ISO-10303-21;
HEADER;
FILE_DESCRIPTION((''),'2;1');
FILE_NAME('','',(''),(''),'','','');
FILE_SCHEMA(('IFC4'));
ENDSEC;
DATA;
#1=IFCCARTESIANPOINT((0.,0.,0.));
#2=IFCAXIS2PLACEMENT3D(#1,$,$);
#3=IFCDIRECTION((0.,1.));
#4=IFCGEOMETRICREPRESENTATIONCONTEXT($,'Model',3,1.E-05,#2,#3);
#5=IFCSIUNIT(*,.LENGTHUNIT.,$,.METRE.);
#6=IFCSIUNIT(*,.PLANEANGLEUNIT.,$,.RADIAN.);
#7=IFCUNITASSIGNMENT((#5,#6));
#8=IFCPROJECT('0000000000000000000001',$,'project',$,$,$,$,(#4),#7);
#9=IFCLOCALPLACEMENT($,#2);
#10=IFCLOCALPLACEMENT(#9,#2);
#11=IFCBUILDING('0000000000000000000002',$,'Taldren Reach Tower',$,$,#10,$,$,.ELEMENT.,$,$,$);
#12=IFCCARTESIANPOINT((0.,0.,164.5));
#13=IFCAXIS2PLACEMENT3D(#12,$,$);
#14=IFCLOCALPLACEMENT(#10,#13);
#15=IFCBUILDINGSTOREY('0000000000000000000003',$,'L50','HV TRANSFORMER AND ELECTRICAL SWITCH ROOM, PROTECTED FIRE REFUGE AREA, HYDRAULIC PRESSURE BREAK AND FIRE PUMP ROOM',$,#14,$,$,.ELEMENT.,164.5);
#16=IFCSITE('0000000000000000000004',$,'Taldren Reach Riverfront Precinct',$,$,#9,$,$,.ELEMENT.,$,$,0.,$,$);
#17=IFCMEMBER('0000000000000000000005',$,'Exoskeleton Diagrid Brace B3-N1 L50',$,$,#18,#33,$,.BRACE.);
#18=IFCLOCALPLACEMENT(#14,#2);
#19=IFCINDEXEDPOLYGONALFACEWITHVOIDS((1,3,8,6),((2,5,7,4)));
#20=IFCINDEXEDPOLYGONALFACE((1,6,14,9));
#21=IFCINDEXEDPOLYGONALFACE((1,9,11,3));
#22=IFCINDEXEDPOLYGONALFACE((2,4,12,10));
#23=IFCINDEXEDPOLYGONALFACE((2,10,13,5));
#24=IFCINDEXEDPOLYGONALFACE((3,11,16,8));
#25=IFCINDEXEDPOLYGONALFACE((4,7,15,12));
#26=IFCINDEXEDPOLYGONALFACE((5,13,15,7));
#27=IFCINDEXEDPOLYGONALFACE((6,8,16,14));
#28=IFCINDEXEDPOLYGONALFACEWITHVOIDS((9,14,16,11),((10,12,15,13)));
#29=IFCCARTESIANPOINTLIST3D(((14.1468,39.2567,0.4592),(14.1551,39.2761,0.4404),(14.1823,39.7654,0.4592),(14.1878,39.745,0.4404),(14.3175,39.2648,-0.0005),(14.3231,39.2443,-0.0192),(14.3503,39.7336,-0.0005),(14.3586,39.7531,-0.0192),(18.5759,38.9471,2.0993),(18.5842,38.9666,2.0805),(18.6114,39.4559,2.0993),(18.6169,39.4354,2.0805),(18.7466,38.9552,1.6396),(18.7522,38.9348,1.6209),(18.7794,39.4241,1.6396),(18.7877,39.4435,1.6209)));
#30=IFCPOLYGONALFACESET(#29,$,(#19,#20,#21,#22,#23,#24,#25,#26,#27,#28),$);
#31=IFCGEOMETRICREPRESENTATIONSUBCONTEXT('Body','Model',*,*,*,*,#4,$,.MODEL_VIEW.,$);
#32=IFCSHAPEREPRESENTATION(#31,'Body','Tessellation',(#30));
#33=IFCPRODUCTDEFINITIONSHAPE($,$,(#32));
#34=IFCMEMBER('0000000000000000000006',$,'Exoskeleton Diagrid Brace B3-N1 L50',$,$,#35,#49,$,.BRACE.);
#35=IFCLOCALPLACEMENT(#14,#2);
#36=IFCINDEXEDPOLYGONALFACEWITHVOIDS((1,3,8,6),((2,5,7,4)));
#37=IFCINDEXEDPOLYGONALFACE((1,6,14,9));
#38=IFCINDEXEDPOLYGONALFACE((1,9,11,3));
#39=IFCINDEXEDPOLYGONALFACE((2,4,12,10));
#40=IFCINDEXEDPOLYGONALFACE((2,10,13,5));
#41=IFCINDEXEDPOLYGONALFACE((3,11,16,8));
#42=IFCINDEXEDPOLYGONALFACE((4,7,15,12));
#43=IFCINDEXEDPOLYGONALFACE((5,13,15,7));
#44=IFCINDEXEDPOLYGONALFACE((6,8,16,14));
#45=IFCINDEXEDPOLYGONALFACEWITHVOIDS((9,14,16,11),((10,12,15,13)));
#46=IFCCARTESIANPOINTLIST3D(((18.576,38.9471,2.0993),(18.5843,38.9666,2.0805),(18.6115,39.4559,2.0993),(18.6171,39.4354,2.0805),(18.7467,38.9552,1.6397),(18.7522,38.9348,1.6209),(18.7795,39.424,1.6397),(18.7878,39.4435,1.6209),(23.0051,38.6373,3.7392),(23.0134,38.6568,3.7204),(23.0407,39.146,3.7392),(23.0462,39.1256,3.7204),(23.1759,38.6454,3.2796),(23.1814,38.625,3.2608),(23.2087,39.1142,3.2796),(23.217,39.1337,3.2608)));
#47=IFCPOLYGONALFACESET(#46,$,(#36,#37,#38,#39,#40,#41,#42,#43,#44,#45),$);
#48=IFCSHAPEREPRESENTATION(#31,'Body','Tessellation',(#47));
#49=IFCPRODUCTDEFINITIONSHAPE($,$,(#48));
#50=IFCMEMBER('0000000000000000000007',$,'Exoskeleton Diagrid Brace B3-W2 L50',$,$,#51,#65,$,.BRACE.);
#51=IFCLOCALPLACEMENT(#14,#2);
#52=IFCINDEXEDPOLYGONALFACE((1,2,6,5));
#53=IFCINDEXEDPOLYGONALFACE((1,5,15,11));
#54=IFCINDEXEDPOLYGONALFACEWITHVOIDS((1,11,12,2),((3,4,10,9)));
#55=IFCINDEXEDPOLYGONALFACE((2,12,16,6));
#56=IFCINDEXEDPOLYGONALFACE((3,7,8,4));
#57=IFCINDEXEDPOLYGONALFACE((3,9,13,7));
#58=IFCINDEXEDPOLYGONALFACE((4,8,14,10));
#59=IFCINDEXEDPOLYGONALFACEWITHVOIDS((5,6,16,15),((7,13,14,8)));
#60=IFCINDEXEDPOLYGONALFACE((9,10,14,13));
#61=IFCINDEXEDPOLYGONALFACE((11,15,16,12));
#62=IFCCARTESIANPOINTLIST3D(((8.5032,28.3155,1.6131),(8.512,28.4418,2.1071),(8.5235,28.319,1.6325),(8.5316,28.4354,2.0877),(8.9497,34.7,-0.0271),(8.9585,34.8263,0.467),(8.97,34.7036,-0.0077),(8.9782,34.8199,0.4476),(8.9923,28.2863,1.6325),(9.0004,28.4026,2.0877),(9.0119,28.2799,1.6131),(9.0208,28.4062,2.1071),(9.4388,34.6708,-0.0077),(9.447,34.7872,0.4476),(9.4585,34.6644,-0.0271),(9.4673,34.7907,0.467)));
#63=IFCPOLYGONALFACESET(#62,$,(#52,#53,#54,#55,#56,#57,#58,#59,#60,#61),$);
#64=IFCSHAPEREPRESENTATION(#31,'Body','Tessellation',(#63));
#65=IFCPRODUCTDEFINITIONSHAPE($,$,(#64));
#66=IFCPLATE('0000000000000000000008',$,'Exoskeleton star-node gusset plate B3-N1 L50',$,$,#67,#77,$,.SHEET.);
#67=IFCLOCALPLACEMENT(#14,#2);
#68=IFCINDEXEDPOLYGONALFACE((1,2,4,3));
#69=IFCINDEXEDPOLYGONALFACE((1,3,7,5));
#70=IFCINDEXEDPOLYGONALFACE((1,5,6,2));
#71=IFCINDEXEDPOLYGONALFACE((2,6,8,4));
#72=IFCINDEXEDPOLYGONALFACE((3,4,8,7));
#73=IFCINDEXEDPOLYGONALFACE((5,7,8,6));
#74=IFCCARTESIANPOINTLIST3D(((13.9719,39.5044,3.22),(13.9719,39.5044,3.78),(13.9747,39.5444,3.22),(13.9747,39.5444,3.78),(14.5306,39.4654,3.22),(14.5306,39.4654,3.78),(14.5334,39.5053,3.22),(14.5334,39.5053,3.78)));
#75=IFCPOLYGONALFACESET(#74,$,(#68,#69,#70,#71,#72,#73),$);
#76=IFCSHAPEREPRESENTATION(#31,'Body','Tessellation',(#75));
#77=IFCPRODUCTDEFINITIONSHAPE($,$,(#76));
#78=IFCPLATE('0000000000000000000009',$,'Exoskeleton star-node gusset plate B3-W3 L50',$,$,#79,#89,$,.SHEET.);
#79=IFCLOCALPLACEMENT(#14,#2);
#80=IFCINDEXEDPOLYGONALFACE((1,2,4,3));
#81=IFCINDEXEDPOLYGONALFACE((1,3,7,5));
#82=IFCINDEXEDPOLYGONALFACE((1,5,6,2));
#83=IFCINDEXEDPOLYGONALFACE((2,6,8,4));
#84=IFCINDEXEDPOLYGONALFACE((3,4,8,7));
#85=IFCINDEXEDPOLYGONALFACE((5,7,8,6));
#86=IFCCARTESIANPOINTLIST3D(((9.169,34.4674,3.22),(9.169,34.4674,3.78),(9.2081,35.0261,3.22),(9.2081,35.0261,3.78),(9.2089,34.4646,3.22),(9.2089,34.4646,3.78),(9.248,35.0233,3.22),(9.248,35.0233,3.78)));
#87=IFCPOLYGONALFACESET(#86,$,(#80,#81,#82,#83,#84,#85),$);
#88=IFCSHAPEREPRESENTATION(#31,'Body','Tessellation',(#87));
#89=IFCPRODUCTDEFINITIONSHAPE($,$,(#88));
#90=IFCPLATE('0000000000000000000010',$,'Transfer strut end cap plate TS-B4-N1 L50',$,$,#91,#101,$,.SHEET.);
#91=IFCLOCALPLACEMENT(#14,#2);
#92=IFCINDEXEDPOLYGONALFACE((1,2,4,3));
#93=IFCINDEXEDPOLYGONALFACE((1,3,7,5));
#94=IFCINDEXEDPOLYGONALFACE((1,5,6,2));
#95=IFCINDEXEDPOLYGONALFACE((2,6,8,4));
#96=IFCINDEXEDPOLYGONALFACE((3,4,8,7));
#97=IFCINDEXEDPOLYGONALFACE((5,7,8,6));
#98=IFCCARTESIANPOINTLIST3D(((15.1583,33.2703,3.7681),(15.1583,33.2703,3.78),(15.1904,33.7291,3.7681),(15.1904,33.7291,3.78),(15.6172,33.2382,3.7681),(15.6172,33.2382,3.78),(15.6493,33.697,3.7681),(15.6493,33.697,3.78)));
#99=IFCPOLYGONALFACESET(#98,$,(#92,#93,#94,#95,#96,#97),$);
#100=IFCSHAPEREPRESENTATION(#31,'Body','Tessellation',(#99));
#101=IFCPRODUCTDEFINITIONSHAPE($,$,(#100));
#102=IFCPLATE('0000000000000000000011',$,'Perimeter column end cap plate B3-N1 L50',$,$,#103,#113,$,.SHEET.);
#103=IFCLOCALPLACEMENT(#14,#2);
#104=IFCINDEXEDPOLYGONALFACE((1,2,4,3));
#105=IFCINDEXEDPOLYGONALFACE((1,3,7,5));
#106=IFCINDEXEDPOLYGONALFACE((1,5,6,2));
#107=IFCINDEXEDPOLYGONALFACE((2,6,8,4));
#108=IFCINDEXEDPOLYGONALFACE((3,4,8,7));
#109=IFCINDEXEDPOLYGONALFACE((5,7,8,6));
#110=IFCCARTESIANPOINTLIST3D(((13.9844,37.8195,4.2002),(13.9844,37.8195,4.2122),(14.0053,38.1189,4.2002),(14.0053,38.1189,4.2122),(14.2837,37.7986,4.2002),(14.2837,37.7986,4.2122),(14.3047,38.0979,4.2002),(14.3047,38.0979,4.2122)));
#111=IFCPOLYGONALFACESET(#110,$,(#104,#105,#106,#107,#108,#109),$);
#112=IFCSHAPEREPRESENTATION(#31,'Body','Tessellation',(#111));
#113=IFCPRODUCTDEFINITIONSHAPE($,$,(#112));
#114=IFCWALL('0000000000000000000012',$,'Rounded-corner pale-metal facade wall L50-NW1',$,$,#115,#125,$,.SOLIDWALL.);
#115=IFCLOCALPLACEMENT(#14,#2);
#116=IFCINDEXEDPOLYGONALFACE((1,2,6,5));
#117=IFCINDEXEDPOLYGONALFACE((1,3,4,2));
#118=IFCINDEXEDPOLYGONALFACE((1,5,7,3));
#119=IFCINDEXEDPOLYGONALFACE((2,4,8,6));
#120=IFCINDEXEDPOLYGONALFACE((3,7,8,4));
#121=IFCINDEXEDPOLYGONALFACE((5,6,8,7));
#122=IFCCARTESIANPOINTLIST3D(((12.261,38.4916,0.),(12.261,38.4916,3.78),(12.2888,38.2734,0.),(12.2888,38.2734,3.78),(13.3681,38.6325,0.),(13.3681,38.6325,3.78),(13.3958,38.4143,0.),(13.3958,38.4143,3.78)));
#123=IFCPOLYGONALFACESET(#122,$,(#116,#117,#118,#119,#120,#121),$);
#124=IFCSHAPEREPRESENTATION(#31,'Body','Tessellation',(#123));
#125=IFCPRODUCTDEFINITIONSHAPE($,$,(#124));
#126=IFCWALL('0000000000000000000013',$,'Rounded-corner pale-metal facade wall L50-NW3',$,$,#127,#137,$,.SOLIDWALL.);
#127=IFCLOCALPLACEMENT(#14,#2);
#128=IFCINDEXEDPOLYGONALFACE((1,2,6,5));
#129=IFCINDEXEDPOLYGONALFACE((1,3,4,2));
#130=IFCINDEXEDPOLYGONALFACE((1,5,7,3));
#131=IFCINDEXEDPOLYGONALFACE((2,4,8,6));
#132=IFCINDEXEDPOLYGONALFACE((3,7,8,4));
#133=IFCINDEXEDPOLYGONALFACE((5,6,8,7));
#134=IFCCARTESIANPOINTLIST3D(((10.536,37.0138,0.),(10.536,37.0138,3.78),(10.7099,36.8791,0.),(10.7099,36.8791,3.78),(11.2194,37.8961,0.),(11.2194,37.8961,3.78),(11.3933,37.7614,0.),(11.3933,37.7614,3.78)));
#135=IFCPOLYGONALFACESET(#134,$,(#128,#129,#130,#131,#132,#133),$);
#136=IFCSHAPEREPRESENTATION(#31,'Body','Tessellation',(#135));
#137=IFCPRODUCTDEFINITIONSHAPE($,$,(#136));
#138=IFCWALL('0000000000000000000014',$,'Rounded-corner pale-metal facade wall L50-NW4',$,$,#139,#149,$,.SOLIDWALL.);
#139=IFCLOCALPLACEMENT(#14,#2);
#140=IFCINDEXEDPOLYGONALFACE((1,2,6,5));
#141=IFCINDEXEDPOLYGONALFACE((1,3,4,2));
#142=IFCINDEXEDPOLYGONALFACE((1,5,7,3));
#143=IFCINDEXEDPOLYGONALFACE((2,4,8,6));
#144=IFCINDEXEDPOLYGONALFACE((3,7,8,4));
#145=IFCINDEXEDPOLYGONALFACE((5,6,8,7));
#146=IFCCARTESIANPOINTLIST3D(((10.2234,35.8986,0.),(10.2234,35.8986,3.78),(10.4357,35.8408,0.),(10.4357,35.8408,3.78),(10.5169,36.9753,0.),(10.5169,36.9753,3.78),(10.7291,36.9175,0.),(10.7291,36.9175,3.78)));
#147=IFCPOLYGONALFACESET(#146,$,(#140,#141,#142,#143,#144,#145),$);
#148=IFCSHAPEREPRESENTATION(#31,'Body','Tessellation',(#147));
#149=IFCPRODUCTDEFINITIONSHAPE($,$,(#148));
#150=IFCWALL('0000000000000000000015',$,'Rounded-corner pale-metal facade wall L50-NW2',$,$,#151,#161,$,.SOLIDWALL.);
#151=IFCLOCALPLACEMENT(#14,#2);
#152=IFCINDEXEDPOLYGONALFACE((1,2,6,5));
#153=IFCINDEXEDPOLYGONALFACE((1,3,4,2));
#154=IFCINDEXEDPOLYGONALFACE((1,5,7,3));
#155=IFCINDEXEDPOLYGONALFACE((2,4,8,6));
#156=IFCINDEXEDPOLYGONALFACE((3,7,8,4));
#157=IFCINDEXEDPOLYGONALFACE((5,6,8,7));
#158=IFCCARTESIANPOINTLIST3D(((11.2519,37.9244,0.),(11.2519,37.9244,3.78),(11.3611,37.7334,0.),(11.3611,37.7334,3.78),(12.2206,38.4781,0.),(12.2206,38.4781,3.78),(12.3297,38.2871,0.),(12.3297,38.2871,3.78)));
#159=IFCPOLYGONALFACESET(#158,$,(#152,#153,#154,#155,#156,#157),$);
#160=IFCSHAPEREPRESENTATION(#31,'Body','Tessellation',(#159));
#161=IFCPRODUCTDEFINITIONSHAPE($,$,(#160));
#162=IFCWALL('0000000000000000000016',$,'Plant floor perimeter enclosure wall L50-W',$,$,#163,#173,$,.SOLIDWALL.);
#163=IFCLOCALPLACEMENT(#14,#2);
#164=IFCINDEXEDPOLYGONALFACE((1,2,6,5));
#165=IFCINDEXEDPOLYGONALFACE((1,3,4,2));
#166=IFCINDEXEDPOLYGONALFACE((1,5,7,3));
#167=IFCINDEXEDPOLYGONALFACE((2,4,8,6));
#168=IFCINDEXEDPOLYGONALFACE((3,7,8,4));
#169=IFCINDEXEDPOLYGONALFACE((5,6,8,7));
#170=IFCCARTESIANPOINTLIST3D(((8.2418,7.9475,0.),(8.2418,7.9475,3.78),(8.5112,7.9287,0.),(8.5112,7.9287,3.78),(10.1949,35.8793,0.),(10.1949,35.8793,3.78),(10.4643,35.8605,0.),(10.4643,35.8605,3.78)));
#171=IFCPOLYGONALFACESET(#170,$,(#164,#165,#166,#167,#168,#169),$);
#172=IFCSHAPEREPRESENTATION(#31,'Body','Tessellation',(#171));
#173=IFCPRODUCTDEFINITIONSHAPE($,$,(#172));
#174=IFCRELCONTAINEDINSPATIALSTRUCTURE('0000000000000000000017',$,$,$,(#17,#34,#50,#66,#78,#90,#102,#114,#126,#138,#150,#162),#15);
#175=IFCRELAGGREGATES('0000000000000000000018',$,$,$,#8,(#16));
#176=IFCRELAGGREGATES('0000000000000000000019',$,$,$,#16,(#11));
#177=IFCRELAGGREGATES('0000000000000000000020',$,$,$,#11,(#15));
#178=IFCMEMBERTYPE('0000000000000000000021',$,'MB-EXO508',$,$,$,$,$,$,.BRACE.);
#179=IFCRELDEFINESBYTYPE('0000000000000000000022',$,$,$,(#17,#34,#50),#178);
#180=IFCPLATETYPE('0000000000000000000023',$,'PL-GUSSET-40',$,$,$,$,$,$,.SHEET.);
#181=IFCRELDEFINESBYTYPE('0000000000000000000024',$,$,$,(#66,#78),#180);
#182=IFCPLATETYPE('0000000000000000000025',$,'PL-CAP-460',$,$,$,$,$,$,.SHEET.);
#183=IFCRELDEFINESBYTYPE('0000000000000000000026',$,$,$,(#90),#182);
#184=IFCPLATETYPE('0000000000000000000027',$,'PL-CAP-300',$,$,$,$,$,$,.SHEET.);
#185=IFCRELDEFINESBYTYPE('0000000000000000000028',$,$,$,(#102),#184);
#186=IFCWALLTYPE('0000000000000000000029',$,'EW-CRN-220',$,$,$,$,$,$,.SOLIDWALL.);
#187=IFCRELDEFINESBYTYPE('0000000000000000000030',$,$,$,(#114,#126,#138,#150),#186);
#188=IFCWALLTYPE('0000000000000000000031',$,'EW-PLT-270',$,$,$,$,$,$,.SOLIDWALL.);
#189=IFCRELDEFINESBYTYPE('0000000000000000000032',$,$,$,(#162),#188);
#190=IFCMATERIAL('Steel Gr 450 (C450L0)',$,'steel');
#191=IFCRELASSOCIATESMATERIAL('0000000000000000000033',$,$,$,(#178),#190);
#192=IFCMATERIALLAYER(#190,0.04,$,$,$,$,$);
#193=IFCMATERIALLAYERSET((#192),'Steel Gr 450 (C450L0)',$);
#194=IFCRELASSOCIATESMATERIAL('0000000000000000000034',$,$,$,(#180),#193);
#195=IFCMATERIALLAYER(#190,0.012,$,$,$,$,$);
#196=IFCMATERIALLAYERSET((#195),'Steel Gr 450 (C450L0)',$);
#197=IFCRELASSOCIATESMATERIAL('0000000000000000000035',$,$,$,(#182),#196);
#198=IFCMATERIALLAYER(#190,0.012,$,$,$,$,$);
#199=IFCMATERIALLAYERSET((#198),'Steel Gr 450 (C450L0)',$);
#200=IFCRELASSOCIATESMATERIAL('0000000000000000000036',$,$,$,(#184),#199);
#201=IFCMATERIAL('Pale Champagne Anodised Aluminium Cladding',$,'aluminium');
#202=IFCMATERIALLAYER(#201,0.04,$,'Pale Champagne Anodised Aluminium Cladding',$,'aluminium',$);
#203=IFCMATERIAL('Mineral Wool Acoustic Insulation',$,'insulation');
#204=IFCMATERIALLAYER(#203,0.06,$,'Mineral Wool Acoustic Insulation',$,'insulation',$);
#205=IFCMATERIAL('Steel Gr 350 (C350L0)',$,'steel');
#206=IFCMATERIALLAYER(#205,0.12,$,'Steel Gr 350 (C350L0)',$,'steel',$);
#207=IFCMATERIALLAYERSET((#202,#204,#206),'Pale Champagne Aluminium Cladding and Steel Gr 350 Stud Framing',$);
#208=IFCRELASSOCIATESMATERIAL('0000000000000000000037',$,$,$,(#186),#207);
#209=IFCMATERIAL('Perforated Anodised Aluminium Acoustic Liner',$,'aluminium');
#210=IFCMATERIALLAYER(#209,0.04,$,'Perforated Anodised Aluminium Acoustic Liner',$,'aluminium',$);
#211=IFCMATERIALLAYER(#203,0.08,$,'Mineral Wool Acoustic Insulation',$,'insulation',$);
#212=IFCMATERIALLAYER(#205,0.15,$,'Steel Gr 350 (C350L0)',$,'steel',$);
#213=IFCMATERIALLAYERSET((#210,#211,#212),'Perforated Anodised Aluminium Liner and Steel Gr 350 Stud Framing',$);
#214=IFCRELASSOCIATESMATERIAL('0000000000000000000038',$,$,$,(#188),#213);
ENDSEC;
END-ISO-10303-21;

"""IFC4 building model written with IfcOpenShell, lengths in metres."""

from ifc_helpers import new_model, si_unit, direction, frame, frame_2d, origin, origin_2d, place, context, subcontext, project, spatial, rectangle, hollow_rectangle, extrude, source, transform, mapped, material, layer, layer_set, material_profile, profile_set, type_object, element, save


model = new_model("IFC4")

# Units and contexts
model_context = context("Model", 3, precision=1e-05, world=origin(), true_north=direction((0.0, 1.0)))
body_context = subcontext(model_context, "Body", "Model", "MODEL_VIEW")
ifc_project = project(units=[si_unit("LENGTHUNIT", "METRE"), si_unit("PLANEANGLEUNIT", "RADIAN")], contexts=[model_context])

# Site, building, storey
site_placement = place(None, origin())
site = spatial("IfcSite", under=ifc_project, at=site_placement, Name="Taldren Reach Riverfront Precinct", CompositionType="ELEMENT", RefElevation=0.0)
building_placement = place(site_placement, origin())
building = spatial("IfcBuilding", under=site, at=building_placement, Name="Taldren Reach Tower", CompositionType="ELEMENT")
storey_placement = place(building_placement, frame((0.0, 0.0, 164.5)))
storey = spatial("IfcBuildingStorey", under=building, at=storey_placement, Name="L50", Description="HV TRANSFORMER AND ELECTRICAL SWITCH ROOM, PROTECTED FIRE REFUGE AREA, HYDRAULIC PRESSURE BREAK AND FIRE PUMP ROOM", CompositionType="ELEMENT", Elevation=164.5)

# Shared definitions
ifc_material_1 = material(Name="Steel Gr 450 (C450L0)", Category="steel")

# Shared definitions
ifc_material_2 = material(Name="Steel Gr 350 (C350L0)", Category="steel")

# Members
ifc_material_profile_1 = material_profile(ifc_material_1, hollow_rectangle(XDim=0.51, YDim=0.51, WallThickness=0.02, at=origin_2d()), Name="510x510x20.0SHS")
ifc_profile_set_1 = profile_set([ifc_material_profile_1], Name="Steel Gr 450 (C450L0)")
member_type_1 = type_object("IfcMemberType", Name="MB-EXO508", PredefinedType="BRACE", material=ifc_profile_set_1)
shared_shape_1 = source(origin(), body_context, "Body", "SweptSolid", [
    extrude(hollow_rectangle(XDim=0.51, YDim=0.51, WallThickness=0.02, at=origin_2d()), origin(), (0.0, 0.0, 1.0), 4.7332),
])
for number, where, z_axis, x_axis, name in (
    (1, (14.2527, 39.5049, 0.22), (0.935762, -0.065403, 0.346514), (0.069723, 0.997566, 0.0), "Exoskeleton Diagrid Brace B3-N1 L50"),
    (2, (18.6819, 39.1953, 1.8601), (0.935776, -0.065456, 0.346467), (0.069778, 0.997563, 0.0), "Exoskeleton Diagrid Brace B3-N1 L50"),
):
    element("IfcMember", number, at=place(storey_placement, frame(where, z_axis=z_axis, x_axis=x_axis)), inside=storey, type_object=member_type_1, Name=name, PredefinedType="BRACE", context=body_context, shape_type="MappedRepresentation", body=[
        mapped(shared_shape_1, transform((0.0, 0.0, 0.0), scale=1.0)),
    ])
shared_shape_2 = source(origin(), body_context, "Body", "SweptSolid", [
    extrude(hollow_rectangle(XDim=0.51, YDim=0.51, WallThickness=0.02, at=origin_2d()), origin(), (0.0, 0.0, 1.0), 6.6069),
])
member_1_placement = place(storey_placement, frame((9.2085, 34.7454, 0.22), z_axis=(-0.067586, -0.966337, 0.248245), x_axis=(0.997563, -0.06977, 0.0)))
element("IfcMember", 3, at=member_1_placement, inside=storey, type_object=member_type_1, Name="Exoskeleton Diagrid Brace B3-W2 L50", PredefinedType="BRACE", context=body_context, shape_type="MappedRepresentation", body=[
    mapped(shared_shape_2, transform((0.0, 0.0, 0.0), scale=1.0)),
])

# Plates
ifc_layer_1 = layer(ifc_material_1, 0.04)
ifc_layer_set_1 = layer_set([ifc_layer_1], Name="Steel Gr 450 (C450L0)")
plate_type_1 = type_object("IfcPlateType", Name="PL-GUSSET-40", PredefinedType="SHEET", material=ifc_layer_set_1)
shared_shape_3 = source(origin(), body_context, "Body", "SweptSolid", [
    extrude(rectangle(XDim=0.5601, YDim=0.04, at=origin_2d()), origin(), (0.0, 0.0, 1.0), 0.5601),
])
for number, where, z_axis, x_axis, name in (
    (4, (14.2527, 39.5049, 3.22), (0.0, 0.0, 1.0), (0.997564, -0.069756, 0.0), "Exoskeleton star-node gusset plate B3-N1 L50"),
    (5, (9.2085, 34.7454, 3.22), (0.0, 0.0, 1.0), (0.069756, 0.997564, 0.0), "Exoskeleton star-node gusset plate B3-W3 L50"),
):
    element("IfcPlate", number, at=place(storey_placement, frame(where, z_axis=z_axis, x_axis=x_axis)), inside=storey, type_object=plate_type_1, Name=name, PredefinedType="SHEET", context=body_context, shape_type="MappedRepresentation", body=[
        mapped(shared_shape_3, transform((0.0, 0.0, 0.0), scale=1.0)),
    ])
ifc_layer_2 = layer(ifc_material_1, 0.012)
ifc_layer_set_2 = layer_set([ifc_layer_2], Name="Steel Gr 450 (C450L0)")
plate_type_2 = type_object("IfcPlateType", Name="PL-CAP-460", PredefinedType="SHEET", material=ifc_layer_set_2)
shared_shape_4 = source(origin(), body_context, "Body", "SweptSolid", [
    extrude(rectangle(XDim=0.46, YDim=0.46, at=origin_2d()), origin(), (0.0, 0.0, 1.0), 0.012),
])
plate_1_placement = place(storey_placement, frame((15.4038, 33.4836, 3.7681), z_axis=(0.0, 0.0, 1.0), x_axis=(0.997564, -0.069756, 0.0)))
element("IfcPlate", 6, at=plate_1_placement, inside=storey, type_object=plate_type_2, Name="Transfer strut end cap plate TS-B4-N1 L50", PredefinedType="SHEET", context=body_context, shape_type="MappedRepresentation", body=[
    mapped(shared_shape_4, transform((0.0, 0.0, 0.0), scale=1.0)),
])
ifc_layer_3 = layer(ifc_material_1, 0.012)
ifc_layer_set_3 = layer_set([ifc_layer_3], Name="Steel Gr 450 (C450L0)")
plate_type_3 = type_object("IfcPlateType", Name="PL-CAP-300", PredefinedType="SHEET", material=ifc_layer_set_3)
shared_shape_5 = source(origin(), body_context, "Body", "SweptSolid", [
    extrude(rectangle(XDim=0.3, YDim=0.3, at=origin_2d()), origin(), (0.0, 0.0, 1.0), 0.012),
])
plate_2_placement = place(storey_placement, frame((14.1445, 37.9587, 4.2002), z_axis=(0.0, 0.0, 1.0), x_axis=(0.997564, -0.069756, 0.0)))
element("IfcPlate", 7, at=plate_2_placement, inside=storey, type_object=plate_type_3, Name="Perimeter column end cap plate B3-N1 L50", PredefinedType="SHEET", context=body_context, shape_type="MappedRepresentation", body=[
    mapped(shared_shape_5, transform((0.0, 0.0, 0.0), scale=1.0)),
])

# Walls
ifc_material_3 = material(Name="Pale Champagne Anodised Aluminium Cladding", Category="aluminium")
ifc_layer_4 = layer(ifc_material_3, 0.04, Name="Pale Champagne Anodised Aluminium Cladding", Category="aluminium")
ifc_material_4 = material(Name="Mineral Wool Acoustic Insulation", Category="insulation")
ifc_layer_5 = layer(ifc_material_4, 0.06, Name="Mineral Wool Acoustic Insulation", Category="insulation")
ifc_layer_6 = layer(ifc_material_2, 0.12, Name="Steel Gr 350 (C350L0)", Category="steel")
ifc_layer_set_4 = layer_set([ifc_layer_4, ifc_layer_5, ifc_layer_6], Name="Pale Champagne Aluminium Cladding and Steel Gr 350 Stud Framing")
wall_type_1 = type_object("IfcWallType", Name="EW-CRN-220", PredefinedType="SOLIDWALL", material=ifc_layer_set_4)
shared_shape_6 = source(origin(), body_context, "Body", "SweptSolid", [
    extrude(rectangle(XDim=1.116, YDim=0.22, at=frame_2d((0.5581, 0.0))), origin(), (0.0, 0.0, 1.0), 3.78),
])
for number, where, z_axis, x_axis, name in (
    (8, (13.3821, 38.5234, 0.0), (0.0, 0.0, 1.0), (-0.991999, -0.126243, 0.0), "Rounded-corner pale-metal facade wall L50-NW1"),
    (9, (11.3064, 37.8289, 0.0), (0.0, 0.0, 1.0), (-0.612319, -0.790611, 0.0), "Rounded-corner pale-metal facade wall L50-NW3"),
    (10, (10.623, 36.9465, 0.0), (0.0, 0.0, 1.0), (-0.262969, -0.964804, 0.0), "Rounded-corner pale-metal facade wall L50-NW4"),
):
    element("IfcWall", number, at=place(storey_placement, frame(where, z_axis=z_axis, x_axis=x_axis)), inside=storey, type_object=wall_type_1, Name=name, PredefinedType="SOLIDWALL", context=body_context, shape_type="MappedRepresentation", body=[
        mapped(shared_shape_6, transform((0.0, 0.0, 0.0), scale=1.0)),
    ])
shared_shape_7 = source(origin(), body_context, "Body", "SweptSolid", [
    extrude(rectangle(XDim=1.1157, YDim=0.22, at=frame_2d((0.5579, 0.0))), origin(), (0.0, 0.0, 1.0), 3.78),
])
wall_1_placement = place(storey_placement, frame((12.2751, 38.3826, 0.0), z_axis=(0.0, 0.0, 1.0), x_axis=(-0.868189, -0.496233, 0.0)))
element("IfcWall", 11, at=wall_1_placement, inside=storey, type_object=wall_type_1, Name="Rounded-corner pale-metal facade wall L50-NW2", PredefinedType="SOLIDWALL", context=body_context, shape_type="MappedRepresentation", body=[
    mapped(shared_shape_7, transform((0.0, 0.0, 0.0), scale=1.0)),
])
ifc_material_5 = material(Name="Perforated Anodised Aluminium Acoustic Liner", Category="aluminium")
ifc_layer_7 = layer(ifc_material_5, 0.04, Name="Perforated Anodised Aluminium Acoustic Liner", Category="aluminium")
ifc_layer_8 = layer(ifc_material_4, 0.08, Name="Mineral Wool Acoustic Insulation", Category="insulation")
ifc_layer_9 = layer(ifc_material_2, 0.15, Name="Steel Gr 350 (C350L0)", Category="steel")
ifc_layer_set_5 = layer_set([ifc_layer_7, ifc_layer_8, ifc_layer_9], Name="Perforated Anodised Aluminium Liner and Steel Gr 350 Stud Framing")
wall_type_2 = type_object("IfcWallType", Name="EW-PLT-270", PredefinedType="SOLIDWALL", material=ifc_layer_set_5)
shared_shape_8 = source(origin(), body_context, "Body", "SweptSolid", [
    extrude(rectangle(XDim=28.0, YDim=0.27, at=frame_2d((14.0, 0.0))), origin(), (0.0, 0.0, 1.0), 3.78),
])
wall_2_placement = place(storey_placement, frame((10.3296, 35.8699, 0.0), z_axis=(0.0, 0.0, 1.0), x_axis=(-0.069754, -0.997564, 0.0)))
element("IfcWall", 12, at=wall_2_placement, inside=storey, type_object=wall_type_2, Name="Plant floor perimeter enclosure wall L50-W", PredefinedType="SOLIDWALL", context=body_context, shape_type="MappedRepresentation", body=[
    mapped(shared_shape_8, transform((0.0, 0.0, 0.0), scale=1.0)),
])

save(model, "model.ifc")
